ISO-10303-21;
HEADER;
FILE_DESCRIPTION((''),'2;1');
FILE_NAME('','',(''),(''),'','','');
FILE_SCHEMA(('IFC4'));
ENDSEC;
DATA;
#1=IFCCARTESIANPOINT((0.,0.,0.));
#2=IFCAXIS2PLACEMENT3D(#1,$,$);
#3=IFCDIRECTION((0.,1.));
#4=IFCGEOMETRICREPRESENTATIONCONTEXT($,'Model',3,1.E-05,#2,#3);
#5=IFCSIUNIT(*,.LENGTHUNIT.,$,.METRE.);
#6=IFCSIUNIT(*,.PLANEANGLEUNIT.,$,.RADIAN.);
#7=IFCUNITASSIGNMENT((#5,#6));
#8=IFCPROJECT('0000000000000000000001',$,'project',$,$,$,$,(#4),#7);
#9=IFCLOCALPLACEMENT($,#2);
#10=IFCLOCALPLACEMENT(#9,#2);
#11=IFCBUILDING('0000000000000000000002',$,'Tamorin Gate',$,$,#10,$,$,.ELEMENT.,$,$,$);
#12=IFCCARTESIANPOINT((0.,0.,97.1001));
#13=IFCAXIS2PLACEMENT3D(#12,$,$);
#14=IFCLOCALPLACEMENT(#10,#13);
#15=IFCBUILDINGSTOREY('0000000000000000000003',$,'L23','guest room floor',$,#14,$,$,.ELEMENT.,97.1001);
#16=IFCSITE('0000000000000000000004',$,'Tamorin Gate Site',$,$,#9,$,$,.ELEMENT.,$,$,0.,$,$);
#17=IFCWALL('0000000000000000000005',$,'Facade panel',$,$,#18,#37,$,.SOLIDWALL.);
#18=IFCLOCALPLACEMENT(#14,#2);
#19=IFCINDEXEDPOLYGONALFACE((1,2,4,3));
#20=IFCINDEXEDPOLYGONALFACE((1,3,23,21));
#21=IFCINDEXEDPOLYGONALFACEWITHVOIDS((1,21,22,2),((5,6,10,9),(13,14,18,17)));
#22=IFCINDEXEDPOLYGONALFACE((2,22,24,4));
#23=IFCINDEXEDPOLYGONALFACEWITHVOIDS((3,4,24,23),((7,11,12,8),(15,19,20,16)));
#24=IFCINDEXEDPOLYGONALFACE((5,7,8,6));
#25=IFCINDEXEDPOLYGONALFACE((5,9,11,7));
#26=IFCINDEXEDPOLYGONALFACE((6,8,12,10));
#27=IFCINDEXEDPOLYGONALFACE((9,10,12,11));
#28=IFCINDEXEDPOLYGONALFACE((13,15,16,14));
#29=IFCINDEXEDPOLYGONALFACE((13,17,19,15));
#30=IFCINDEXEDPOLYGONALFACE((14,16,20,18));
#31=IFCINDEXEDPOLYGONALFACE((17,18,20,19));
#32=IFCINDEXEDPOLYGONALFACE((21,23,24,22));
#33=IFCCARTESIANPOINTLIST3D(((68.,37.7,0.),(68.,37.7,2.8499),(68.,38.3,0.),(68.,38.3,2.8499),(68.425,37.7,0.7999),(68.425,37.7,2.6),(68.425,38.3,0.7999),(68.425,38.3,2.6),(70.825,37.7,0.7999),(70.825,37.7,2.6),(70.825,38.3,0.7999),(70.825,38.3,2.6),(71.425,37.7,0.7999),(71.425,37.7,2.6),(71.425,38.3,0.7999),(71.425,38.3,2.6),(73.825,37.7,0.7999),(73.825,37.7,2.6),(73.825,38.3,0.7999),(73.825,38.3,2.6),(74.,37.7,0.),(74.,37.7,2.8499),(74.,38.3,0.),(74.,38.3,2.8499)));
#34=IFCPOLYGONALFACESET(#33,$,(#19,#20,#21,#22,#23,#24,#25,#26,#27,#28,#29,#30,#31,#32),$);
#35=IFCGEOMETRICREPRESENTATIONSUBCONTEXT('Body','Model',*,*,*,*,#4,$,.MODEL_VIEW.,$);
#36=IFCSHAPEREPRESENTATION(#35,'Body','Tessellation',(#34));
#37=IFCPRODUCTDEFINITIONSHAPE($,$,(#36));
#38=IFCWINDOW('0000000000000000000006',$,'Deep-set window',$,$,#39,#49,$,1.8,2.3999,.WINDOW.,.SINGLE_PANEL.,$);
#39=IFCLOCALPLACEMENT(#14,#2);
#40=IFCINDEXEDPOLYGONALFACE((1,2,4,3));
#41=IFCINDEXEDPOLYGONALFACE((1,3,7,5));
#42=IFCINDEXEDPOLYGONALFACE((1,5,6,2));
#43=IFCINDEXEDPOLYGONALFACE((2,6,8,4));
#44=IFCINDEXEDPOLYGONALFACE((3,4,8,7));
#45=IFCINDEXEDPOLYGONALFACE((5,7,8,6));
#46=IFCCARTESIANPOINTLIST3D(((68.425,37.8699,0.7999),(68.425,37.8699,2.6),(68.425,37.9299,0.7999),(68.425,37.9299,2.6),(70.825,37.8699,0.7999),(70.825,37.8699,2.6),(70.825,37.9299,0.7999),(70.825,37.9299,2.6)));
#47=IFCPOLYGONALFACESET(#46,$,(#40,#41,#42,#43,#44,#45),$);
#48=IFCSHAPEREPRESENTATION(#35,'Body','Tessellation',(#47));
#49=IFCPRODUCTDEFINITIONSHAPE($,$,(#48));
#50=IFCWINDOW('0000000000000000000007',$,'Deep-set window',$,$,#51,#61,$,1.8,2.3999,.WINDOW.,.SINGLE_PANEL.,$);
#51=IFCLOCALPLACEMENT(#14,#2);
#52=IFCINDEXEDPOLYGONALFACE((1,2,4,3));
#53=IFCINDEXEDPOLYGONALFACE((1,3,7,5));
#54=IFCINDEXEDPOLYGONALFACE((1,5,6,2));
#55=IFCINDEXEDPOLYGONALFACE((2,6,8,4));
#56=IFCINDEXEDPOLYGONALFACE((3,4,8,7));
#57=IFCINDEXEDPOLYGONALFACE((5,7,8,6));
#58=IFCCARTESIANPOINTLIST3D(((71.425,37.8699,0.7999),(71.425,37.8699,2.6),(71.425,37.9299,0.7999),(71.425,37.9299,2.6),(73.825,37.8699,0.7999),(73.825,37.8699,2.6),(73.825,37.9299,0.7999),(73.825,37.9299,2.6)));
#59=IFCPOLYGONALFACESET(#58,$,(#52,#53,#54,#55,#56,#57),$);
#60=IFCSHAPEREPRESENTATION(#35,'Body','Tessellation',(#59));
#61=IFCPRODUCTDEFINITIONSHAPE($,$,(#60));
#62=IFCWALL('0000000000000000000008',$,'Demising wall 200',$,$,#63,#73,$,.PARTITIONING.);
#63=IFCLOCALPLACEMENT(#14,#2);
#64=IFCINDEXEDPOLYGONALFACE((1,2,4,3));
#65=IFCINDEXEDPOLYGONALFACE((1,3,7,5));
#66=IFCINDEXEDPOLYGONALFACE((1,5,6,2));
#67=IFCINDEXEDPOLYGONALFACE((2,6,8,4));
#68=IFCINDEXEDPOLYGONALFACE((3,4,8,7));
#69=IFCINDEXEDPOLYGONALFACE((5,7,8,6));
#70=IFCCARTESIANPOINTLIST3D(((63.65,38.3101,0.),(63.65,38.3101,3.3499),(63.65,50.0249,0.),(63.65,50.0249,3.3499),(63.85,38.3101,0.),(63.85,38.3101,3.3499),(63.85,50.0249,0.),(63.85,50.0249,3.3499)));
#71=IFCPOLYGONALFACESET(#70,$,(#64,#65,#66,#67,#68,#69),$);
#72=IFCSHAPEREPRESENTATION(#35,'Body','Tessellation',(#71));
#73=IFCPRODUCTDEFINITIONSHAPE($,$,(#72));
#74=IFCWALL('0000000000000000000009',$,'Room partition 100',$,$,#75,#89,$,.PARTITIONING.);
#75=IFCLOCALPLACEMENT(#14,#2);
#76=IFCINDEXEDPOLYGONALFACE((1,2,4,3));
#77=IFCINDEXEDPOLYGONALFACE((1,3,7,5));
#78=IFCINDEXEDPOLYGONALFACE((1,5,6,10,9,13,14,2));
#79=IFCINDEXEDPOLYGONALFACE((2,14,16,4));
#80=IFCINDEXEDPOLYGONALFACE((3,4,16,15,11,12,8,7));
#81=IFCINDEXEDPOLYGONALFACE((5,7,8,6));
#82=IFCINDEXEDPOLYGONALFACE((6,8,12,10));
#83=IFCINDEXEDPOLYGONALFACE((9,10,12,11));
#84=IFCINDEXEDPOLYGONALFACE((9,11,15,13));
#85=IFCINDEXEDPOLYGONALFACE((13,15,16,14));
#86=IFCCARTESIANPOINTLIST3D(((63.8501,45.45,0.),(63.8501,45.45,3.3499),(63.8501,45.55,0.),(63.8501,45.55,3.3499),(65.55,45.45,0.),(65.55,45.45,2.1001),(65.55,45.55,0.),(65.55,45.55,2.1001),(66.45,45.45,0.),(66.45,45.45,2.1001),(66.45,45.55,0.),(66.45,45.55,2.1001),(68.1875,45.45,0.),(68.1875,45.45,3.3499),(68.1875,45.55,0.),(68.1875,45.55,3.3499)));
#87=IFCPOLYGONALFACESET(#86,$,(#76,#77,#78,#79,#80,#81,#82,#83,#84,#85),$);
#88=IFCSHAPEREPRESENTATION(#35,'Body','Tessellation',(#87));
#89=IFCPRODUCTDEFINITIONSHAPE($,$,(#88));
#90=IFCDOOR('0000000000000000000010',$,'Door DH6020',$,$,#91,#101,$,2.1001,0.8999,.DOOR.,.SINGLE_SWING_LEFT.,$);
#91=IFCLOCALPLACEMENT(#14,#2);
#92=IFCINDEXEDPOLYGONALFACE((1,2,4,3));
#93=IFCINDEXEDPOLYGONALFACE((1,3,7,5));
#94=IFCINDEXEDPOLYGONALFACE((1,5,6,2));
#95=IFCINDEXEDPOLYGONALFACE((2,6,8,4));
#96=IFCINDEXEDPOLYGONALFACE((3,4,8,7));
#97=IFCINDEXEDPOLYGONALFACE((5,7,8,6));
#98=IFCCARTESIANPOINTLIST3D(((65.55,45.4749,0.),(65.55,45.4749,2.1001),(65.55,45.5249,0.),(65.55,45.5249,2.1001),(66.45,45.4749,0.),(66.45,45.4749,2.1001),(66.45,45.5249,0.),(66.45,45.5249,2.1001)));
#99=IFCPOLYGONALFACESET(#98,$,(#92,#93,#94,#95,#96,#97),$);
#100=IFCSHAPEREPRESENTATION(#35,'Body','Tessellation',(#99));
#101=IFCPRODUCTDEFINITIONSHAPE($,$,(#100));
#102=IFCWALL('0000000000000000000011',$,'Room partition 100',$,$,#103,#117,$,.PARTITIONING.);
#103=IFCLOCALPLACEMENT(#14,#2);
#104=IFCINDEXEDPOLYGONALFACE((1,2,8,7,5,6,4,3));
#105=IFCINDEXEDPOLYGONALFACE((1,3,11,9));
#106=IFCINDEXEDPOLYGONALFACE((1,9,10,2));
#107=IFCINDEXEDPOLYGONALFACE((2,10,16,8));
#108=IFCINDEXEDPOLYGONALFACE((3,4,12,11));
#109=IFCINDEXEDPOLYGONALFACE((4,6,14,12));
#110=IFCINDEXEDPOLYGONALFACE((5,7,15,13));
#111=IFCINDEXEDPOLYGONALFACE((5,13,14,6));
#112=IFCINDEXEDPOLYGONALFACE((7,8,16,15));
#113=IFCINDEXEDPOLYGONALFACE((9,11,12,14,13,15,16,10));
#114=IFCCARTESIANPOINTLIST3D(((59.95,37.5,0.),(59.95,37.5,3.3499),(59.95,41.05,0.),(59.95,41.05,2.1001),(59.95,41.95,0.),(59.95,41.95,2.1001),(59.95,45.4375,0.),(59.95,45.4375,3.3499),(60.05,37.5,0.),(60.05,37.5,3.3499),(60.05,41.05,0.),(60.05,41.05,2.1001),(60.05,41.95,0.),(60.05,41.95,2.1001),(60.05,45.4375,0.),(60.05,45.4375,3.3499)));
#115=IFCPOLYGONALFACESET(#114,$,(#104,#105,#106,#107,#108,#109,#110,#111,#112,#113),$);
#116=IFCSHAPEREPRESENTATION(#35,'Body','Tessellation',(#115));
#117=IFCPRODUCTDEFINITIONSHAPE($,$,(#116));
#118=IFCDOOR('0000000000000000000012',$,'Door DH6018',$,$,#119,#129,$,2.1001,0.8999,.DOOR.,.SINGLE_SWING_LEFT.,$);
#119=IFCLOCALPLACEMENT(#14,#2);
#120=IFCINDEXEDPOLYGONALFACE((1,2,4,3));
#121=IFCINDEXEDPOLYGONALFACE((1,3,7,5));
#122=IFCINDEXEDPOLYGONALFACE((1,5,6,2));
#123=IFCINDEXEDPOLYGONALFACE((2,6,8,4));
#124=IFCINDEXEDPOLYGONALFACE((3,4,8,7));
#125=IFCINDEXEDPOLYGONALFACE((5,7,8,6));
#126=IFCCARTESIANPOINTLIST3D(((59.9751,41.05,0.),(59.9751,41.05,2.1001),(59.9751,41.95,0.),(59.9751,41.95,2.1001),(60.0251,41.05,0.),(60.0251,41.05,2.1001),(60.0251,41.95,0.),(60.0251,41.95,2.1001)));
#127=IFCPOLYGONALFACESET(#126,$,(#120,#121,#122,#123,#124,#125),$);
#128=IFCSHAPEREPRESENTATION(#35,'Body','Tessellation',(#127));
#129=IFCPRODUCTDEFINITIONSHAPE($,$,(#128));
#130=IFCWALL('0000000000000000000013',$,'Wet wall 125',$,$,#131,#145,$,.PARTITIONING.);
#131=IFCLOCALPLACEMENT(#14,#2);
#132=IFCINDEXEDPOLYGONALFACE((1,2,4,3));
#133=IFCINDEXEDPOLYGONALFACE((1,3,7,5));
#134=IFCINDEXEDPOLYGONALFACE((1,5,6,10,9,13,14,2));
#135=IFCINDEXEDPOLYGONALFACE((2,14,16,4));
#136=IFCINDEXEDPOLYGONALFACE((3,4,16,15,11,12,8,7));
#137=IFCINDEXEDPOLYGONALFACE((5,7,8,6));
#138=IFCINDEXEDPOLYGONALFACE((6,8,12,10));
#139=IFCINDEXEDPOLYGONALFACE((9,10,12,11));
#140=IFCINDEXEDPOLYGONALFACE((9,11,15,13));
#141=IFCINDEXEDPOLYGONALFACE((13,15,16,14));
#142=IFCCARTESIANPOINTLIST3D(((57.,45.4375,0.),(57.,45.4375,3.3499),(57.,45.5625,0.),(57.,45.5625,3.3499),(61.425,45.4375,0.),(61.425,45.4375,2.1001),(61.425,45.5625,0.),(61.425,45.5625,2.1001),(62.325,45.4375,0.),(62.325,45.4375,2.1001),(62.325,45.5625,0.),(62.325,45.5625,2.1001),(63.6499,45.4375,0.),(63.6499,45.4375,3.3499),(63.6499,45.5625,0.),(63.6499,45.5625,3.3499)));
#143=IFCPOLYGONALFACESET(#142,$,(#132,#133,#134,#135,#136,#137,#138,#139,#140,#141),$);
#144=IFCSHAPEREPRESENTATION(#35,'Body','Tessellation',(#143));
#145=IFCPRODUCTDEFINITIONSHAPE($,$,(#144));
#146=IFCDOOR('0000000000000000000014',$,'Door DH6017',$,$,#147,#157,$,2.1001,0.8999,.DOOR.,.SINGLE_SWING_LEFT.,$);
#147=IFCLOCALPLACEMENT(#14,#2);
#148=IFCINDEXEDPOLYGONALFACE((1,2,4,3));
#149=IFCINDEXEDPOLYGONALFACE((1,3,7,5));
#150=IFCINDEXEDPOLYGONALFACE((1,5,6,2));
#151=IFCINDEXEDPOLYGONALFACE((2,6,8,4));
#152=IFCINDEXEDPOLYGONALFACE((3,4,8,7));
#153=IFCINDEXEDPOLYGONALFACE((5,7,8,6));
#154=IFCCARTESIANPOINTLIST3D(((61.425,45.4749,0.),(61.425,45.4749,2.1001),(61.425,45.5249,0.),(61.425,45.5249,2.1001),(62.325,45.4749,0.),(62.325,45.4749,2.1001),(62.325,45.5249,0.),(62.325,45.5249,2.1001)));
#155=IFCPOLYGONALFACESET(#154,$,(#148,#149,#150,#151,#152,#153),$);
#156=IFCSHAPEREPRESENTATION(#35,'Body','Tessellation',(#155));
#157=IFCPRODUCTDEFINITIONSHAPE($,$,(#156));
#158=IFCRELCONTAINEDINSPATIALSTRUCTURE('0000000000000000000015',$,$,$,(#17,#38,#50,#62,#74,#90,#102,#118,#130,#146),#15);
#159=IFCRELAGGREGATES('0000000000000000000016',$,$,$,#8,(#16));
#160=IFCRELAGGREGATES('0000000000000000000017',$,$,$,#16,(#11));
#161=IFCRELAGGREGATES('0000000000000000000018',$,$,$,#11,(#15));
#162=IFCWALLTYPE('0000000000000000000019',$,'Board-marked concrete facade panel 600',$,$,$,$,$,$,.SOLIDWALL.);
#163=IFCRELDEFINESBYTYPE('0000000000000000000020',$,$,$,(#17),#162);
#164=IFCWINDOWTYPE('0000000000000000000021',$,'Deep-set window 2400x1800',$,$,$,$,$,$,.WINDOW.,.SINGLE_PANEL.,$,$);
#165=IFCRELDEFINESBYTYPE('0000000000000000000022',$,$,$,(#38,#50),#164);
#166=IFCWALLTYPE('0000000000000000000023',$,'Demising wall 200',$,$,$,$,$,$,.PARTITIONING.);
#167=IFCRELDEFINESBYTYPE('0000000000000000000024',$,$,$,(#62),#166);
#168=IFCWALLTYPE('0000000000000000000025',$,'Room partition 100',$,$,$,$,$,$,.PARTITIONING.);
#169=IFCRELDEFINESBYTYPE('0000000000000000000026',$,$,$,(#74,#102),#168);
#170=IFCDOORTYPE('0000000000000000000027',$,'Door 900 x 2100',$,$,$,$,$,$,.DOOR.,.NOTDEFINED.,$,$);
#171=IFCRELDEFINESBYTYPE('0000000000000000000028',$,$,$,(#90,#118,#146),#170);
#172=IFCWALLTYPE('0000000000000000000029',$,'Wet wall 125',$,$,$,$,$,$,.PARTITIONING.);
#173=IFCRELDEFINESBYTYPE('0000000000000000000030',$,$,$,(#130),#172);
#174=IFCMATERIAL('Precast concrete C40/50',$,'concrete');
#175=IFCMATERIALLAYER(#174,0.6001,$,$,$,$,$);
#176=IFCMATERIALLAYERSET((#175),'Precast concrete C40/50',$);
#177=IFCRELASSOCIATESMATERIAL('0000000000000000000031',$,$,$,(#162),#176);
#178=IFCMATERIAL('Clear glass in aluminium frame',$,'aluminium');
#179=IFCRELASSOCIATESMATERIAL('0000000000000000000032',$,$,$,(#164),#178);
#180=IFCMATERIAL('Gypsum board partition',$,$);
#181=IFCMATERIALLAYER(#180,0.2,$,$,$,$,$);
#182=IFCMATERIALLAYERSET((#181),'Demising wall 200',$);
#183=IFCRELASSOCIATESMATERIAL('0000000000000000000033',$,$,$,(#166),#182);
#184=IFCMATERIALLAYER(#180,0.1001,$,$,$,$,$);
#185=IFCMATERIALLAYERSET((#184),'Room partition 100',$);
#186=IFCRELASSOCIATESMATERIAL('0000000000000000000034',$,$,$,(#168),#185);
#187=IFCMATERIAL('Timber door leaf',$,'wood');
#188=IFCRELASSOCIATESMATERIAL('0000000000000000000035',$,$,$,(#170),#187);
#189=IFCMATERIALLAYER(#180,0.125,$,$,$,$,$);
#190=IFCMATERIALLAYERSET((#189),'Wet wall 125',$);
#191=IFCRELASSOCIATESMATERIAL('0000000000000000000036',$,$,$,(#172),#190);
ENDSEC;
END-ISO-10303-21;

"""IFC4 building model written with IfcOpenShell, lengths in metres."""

from ifc_helpers import new_model, si_unit, direction, frame, frame_2d, origin, place, context, subcontext, project, spatial, rectangle, extrude, material, layer, layer_set, type_object, element, fill, save


model = new_model("IFC4")

# Units and contexts
model_context = context("Model", 3, precision=1e-05, world=origin(), true_north=direction((0.0, 1.0)))
body_context = subcontext(model_context, "Body", "Model", "MODEL_VIEW")
ifc_project = project(units=[si_unit("LENGTHUNIT", "METRE"), si_unit("PLANEANGLEUNIT", "RADIAN")], contexts=[model_context])

# Site, building, storey
site_placement = place(None, origin())
site = spatial("IfcSite", under=ifc_project, at=site_placement, Name="Tamorin Gate Site", CompositionType="ELEMENT", RefElevation=0.0)
building_placement = place(site_placement, origin())
building = spatial("IfcBuilding", under=site, at=building_placement, Name="Tamorin Gate", CompositionType="ELEMENT")
storey_placement = place(building_placement, frame((0.0, 0.0, 97.1001)))
storey = spatial("IfcBuildingStorey", under=building, at=storey_placement, Name="L23", Description="guest room floor", CompositionType="ELEMENT", Elevation=97.1001)

# Wall, openings, windows
ifc_material_1 = material(Name="Precast concrete C40/50", Category="concrete")
ifc_layer_1 = layer(ifc_material_1, 0.6001)
ifc_layer_set_1 = layer_set([ifc_layer_1], Name="Precast concrete C40/50")
wall_type_1 = type_object("IfcWallType", Name="Board-marked concrete facade panel 600", PredefinedType="SOLIDWALL", material=ifc_layer_set_1)
ifc_material_2 = material(Name="Clear glass in aluminium frame", Category="aluminium")
window_type = type_object("IfcWindowType", Name="Deep-set window 2400x1800", PartitioningType="SINGLE_PANEL", PredefinedType="WINDOW", material=ifc_material_2)
wall_1_placement = place(storey_placement, frame((68.0, 38.0, 0.0), z_axis=(0.0, 0.0, 1.0), x_axis=(1.0, 0.0, 0.0)))
wall_1 = element("IfcWall", 1, at=wall_1_placement, inside=storey, type_object=wall_type_1, Name="Facade panel", PredefinedType="SOLIDWALL", context=body_context, shape_type="SweptSolid", body=[
    extrude(rectangle(XDim=6.0, YDim=0.6001, at=frame_2d((3.0, 0.0))), origin(), (0.0, 0.0, 1.0), 2.8499),
])
opening_1_placement = place(wall_1_placement, frame((0.425, 0.0, 0.8)))
opening_1 = element("IfcOpeningElement", 2, at=opening_1_placement, cuts=wall_1, PredefinedType="OPENING", context=body_context, shape_type="SweptSolid", body=[
    extrude(rectangle(XDim=2.3999, YDim=1.8, at=frame_2d((1.2, 0.8999))), frame((0.0, 0.3101, 0.0), z_axis=(0.0, -1.0, 0.0), x_axis=(1.0, 0.0, 0.0)), (0.0, 0.0, 1.0), 0.6201),
])
opening_2_placement = place(wall_1_placement, frame((3.425, 0.0, 0.8)))
opening_2 = element("IfcOpeningElement", 3, at=opening_2_placement, cuts=wall_1, PredefinedType="OPENING", context=body_context, shape_type="SweptSolid", body=[
    extrude(rectangle(XDim=2.3999, YDim=1.8, at=frame_2d((1.2, 0.8999))), frame((0.0, 0.3101, 0.0), z_axis=(0.0, -1.0, 0.0), x_axis=(1.0, 0.0, 0.0)), (0.0, 0.0, 1.0), 0.6201),
])
window_1_placement = place(opening_1_placement, origin())
window_1 = element("IfcWindow", 4, at=window_1_placement, inside=storey, type_object=window_type, Name="Deep-set window", OverallHeight=1.8, OverallWidth=2.3999, PartitioningType="SINGLE_PANEL", PredefinedType="WINDOW", context=body_context, shape_type="SweptSolid", body=[
    extrude(rectangle(XDim=2.3999, YDim=1.8, at=frame_2d((1.2, 0.8999))), frame((0.0, -0.0701, 0.0), z_axis=(0.0, -1.0, 0.0), x_axis=(1.0, 0.0, 0.0)), (0.0, 0.0, 1.0), 0.0601),
])
fill(opening_1, window_1)
window_2_placement = place(opening_2_placement, origin())
window_2 = element("IfcWindow", 5, at=window_2_placement, inside=storey, type_object=window_type, Name="Deep-set window", OverallHeight=1.8, OverallWidth=2.3999, PartitioningType="SINGLE_PANEL", PredefinedType="WINDOW", context=body_context, shape_type="SweptSolid", body=[
    extrude(rectangle(XDim=2.3999, YDim=1.8, at=frame_2d((1.2, 0.8999))), frame((0.0, -0.0701, 0.0), z_axis=(0.0, -1.0, 0.0), x_axis=(1.0, 0.0, 0.0)), (0.0, 0.0, 1.0), 0.0601),
])
fill(opening_2, window_2)

# Wall
ifc_material_3 = material(Name="Gypsum board partition")
ifc_layer_2 = layer(ifc_material_3, 0.2)
ifc_layer_set_2 = layer_set([ifc_layer_2], Name="Demising wall 200")
wall_type_2 = type_object("IfcWallType", Name="Demising wall 200", PredefinedType="PARTITIONING", material=ifc_layer_set_2)
wall_2_placement = place(storey_placement, frame((63.75, 38.3101, 0.0), z_axis=(0.0, 0.0, 1.0), x_axis=(0.0, 1.0, 0.0)))
element("IfcWall", 6, at=wall_2_placement, inside=storey, type_object=wall_type_2, Name="Demising wall 200", PredefinedType="PARTITIONING", context=body_context, shape_type="SweptSolid", body=[
    extrude(rectangle(XDim=11.7148, YDim=0.2, at=frame_2d((5.8574, 0.0))), origin(), (0.0, 0.0, 1.0), 3.3499),
])

# Walls, openings, doors
ifc_layer_3 = layer(ifc_material_3, 0.1001)
ifc_layer_set_3 = layer_set([ifc_layer_3], Name="Room partition 100")
wall_type_3 = type_object("IfcWallType", Name="Room partition 100", PredefinedType="PARTITIONING", material=ifc_layer_set_3)
wall_3_placement = place(storey_placement, frame((63.8501, 45.5, 0.0), z_axis=(0.0, 0.0, 1.0), x_axis=(1.0, 0.0, 0.0)))
wall_3 = element("IfcWall", 7, at=wall_3_placement, inside=storey, type_object=wall_type_3, Name="Room partition 100", PredefinedType="PARTITIONING", context=body_context, shape_type="SweptSolid", body=[
    extrude(rectangle(XDim=4.3374, YDim=0.1001, at=frame_2d((2.1687, 0.0))), origin(), (0.0, 0.0, 1.0), 3.3499),
])
opening_3_placement = place(wall_3_placement, frame((1.7, 0.0, 0.0)))
opening_3 = element("IfcOpeningElement", 8, at=opening_3_placement, cuts=wall_3, PredefinedType="OPENING", context=body_context, shape_type="SweptSolid", body=[
    extrude(rectangle(XDim=0.8999, YDim=2.1001, at=frame_2d((0.45, 1.05))), frame((0.0, 0.0601, 0.0), z_axis=(0.0, -1.0, 0.0), x_axis=(1.0, 0.0, 0.0)), (0.0, 0.0, 1.0), 0.1201),
])
ifc_material_4 = material(Name="Timber door leaf", Category="wood")
door_type = type_object("IfcDoorType", Name="Door 900 x 2100", OperationType="NOTDEFINED", PredefinedType="DOOR", material=ifc_material_4)
door_1_placement = place(opening_3_placement, origin())
door_1 = element("IfcDoor", 9, at=door_1_placement, inside=storey, type_object=door_type, Name="Door DH6020", OperationType="SINGLE_SWING_LEFT", OverallHeight=2.1001, OverallWidth=0.8999, PredefinedType="DOOR", context=body_context, shape_type="SweptSolid", body=[
    extrude(rectangle(XDim=0.8999, YDim=2.1001, at=frame_2d((0.45, 1.05))), frame((0.0, 0.0249, 0.0), z_axis=(0.0, -1.0, 0.0), x_axis=(1.0, 0.0, 0.0)), (0.0, 0.0, 1.0), 0.05),
])
fill(opening_3, door_1)
wall_4_placement = place(storey_placement, frame((60.0, 37.5, 0.0), z_axis=(0.0, 0.0, 1.0), x_axis=(0.0, 1.0, 0.0)))
wall_4 = element("IfcWall", 10, at=wall_4_placement, inside=storey, type_object=wall_type_3, Name="Room partition 100", PredefinedType="PARTITIONING", context=body_context, shape_type="SweptSolid", body=[
    extrude(rectangle(XDim=7.9375, YDim=0.1001, at=frame_2d((3.9688, 0.0))), origin(), (0.0, 0.0, 1.0), 3.3499),
])
opening_4_placement = place(wall_4_placement, frame((3.55, 0.0, 0.0)))
opening_4 = element("IfcOpeningElement", 11, at=opening_4_placement, cuts=wall_4, PredefinedType="OPENING", context=body_context, shape_type="SweptSolid", body=[
    extrude(rectangle(XDim=0.8999, YDim=2.1001, at=frame_2d((0.45, 1.05))), frame((0.0, 0.0601, 0.0), z_axis=(0.0, -1.0, 0.0), x_axis=(1.0, 0.0, 0.0)), (0.0, 0.0, 1.0), 0.1201),
])
door_2_placement = place(opening_4_placement, origin())
door_2 = element("IfcDoor", 12, at=door_2_placement, inside=storey, type_object=door_type, Name="Door DH6018", OperationType="SINGLE_SWING_LEFT", OverallHeight=2.1001, OverallWidth=0.8999, PredefinedType="DOOR", context=body_context, shape_type="SweptSolid", body=[
    extrude(rectangle(XDim=0.8999, YDim=2.1001, at=frame_2d((0.45, 1.05))), frame((0.0, 0.0249, 0.0), z_axis=(0.0, -1.0, 0.0), x_axis=(1.0, 0.0, 0.0)), (0.0, 0.0, 1.0), 0.05),
])
fill(opening_4, door_2)
ifc_layer_4 = layer(ifc_material_3, 0.125)
ifc_layer_set_4 = layer_set([ifc_layer_4], Name="Wet wall 125")
wall_type_4 = type_object("IfcWallType", Name="Wet wall 125", PredefinedType="PARTITIONING", material=ifc_layer_set_4)
wall_5_placement = place(storey_placement, frame((57.0, 45.5, 0.0), z_axis=(0.0, 0.0, 1.0), x_axis=(1.0, 0.0, 0.0)))
wall_5 = element("IfcWall", 13, at=wall_5_placement, inside=storey, type_object=wall_type_4, Name="Wet wall 125", PredefinedType="PARTITIONING", context=body_context, shape_type="SweptSolid", body=[
    extrude(rectangle(XDim=6.6499, YDim=0.125, at=frame_2d((3.325, 0.0))), origin(), (0.0, 0.0, 1.0), 3.3499),
])
opening_5_placement = place(wall_5_placement, frame((4.425, 0.0, 0.0)))
opening_5 = element("IfcOpeningElement", 14, at=opening_5_placement, cuts=wall_5, PredefinedType="OPENING", context=body_context, shape_type="SweptSolid", body=[
    extrude(rectangle(XDim=0.8999, YDim=2.1001, at=frame_2d((0.45, 1.05))), frame((0.0, 0.0725, 0.0), z_axis=(0.0, -1.0, 0.0), x_axis=(1.0, 0.0, 0.0)), (0.0, 0.0, 1.0), 0.145),
])
door_3_placement = place(opening_5_placement, origin())
door_3 = element("IfcDoor", 15, at=door_3_placement, inside=storey, type_object=door_type, Name="Door DH6017", OperationType="SINGLE_SWING_LEFT", OverallHeight=2.1001, OverallWidth=0.8999, PredefinedType="DOOR", context=body_context, shape_type="SweptSolid", body=[
    extrude(rectangle(XDim=0.8999, YDim=2.1001, at=frame_2d((0.45, 1.05))), frame((0.0, 0.0249, 0.0), z_axis=(0.0, -1.0, 0.0), x_axis=(1.0, 0.0, 0.0)), (0.0, 0.0, 1.0), 0.05),
])
fill(opening_5, door_3)

save(model, "model.ifc")
